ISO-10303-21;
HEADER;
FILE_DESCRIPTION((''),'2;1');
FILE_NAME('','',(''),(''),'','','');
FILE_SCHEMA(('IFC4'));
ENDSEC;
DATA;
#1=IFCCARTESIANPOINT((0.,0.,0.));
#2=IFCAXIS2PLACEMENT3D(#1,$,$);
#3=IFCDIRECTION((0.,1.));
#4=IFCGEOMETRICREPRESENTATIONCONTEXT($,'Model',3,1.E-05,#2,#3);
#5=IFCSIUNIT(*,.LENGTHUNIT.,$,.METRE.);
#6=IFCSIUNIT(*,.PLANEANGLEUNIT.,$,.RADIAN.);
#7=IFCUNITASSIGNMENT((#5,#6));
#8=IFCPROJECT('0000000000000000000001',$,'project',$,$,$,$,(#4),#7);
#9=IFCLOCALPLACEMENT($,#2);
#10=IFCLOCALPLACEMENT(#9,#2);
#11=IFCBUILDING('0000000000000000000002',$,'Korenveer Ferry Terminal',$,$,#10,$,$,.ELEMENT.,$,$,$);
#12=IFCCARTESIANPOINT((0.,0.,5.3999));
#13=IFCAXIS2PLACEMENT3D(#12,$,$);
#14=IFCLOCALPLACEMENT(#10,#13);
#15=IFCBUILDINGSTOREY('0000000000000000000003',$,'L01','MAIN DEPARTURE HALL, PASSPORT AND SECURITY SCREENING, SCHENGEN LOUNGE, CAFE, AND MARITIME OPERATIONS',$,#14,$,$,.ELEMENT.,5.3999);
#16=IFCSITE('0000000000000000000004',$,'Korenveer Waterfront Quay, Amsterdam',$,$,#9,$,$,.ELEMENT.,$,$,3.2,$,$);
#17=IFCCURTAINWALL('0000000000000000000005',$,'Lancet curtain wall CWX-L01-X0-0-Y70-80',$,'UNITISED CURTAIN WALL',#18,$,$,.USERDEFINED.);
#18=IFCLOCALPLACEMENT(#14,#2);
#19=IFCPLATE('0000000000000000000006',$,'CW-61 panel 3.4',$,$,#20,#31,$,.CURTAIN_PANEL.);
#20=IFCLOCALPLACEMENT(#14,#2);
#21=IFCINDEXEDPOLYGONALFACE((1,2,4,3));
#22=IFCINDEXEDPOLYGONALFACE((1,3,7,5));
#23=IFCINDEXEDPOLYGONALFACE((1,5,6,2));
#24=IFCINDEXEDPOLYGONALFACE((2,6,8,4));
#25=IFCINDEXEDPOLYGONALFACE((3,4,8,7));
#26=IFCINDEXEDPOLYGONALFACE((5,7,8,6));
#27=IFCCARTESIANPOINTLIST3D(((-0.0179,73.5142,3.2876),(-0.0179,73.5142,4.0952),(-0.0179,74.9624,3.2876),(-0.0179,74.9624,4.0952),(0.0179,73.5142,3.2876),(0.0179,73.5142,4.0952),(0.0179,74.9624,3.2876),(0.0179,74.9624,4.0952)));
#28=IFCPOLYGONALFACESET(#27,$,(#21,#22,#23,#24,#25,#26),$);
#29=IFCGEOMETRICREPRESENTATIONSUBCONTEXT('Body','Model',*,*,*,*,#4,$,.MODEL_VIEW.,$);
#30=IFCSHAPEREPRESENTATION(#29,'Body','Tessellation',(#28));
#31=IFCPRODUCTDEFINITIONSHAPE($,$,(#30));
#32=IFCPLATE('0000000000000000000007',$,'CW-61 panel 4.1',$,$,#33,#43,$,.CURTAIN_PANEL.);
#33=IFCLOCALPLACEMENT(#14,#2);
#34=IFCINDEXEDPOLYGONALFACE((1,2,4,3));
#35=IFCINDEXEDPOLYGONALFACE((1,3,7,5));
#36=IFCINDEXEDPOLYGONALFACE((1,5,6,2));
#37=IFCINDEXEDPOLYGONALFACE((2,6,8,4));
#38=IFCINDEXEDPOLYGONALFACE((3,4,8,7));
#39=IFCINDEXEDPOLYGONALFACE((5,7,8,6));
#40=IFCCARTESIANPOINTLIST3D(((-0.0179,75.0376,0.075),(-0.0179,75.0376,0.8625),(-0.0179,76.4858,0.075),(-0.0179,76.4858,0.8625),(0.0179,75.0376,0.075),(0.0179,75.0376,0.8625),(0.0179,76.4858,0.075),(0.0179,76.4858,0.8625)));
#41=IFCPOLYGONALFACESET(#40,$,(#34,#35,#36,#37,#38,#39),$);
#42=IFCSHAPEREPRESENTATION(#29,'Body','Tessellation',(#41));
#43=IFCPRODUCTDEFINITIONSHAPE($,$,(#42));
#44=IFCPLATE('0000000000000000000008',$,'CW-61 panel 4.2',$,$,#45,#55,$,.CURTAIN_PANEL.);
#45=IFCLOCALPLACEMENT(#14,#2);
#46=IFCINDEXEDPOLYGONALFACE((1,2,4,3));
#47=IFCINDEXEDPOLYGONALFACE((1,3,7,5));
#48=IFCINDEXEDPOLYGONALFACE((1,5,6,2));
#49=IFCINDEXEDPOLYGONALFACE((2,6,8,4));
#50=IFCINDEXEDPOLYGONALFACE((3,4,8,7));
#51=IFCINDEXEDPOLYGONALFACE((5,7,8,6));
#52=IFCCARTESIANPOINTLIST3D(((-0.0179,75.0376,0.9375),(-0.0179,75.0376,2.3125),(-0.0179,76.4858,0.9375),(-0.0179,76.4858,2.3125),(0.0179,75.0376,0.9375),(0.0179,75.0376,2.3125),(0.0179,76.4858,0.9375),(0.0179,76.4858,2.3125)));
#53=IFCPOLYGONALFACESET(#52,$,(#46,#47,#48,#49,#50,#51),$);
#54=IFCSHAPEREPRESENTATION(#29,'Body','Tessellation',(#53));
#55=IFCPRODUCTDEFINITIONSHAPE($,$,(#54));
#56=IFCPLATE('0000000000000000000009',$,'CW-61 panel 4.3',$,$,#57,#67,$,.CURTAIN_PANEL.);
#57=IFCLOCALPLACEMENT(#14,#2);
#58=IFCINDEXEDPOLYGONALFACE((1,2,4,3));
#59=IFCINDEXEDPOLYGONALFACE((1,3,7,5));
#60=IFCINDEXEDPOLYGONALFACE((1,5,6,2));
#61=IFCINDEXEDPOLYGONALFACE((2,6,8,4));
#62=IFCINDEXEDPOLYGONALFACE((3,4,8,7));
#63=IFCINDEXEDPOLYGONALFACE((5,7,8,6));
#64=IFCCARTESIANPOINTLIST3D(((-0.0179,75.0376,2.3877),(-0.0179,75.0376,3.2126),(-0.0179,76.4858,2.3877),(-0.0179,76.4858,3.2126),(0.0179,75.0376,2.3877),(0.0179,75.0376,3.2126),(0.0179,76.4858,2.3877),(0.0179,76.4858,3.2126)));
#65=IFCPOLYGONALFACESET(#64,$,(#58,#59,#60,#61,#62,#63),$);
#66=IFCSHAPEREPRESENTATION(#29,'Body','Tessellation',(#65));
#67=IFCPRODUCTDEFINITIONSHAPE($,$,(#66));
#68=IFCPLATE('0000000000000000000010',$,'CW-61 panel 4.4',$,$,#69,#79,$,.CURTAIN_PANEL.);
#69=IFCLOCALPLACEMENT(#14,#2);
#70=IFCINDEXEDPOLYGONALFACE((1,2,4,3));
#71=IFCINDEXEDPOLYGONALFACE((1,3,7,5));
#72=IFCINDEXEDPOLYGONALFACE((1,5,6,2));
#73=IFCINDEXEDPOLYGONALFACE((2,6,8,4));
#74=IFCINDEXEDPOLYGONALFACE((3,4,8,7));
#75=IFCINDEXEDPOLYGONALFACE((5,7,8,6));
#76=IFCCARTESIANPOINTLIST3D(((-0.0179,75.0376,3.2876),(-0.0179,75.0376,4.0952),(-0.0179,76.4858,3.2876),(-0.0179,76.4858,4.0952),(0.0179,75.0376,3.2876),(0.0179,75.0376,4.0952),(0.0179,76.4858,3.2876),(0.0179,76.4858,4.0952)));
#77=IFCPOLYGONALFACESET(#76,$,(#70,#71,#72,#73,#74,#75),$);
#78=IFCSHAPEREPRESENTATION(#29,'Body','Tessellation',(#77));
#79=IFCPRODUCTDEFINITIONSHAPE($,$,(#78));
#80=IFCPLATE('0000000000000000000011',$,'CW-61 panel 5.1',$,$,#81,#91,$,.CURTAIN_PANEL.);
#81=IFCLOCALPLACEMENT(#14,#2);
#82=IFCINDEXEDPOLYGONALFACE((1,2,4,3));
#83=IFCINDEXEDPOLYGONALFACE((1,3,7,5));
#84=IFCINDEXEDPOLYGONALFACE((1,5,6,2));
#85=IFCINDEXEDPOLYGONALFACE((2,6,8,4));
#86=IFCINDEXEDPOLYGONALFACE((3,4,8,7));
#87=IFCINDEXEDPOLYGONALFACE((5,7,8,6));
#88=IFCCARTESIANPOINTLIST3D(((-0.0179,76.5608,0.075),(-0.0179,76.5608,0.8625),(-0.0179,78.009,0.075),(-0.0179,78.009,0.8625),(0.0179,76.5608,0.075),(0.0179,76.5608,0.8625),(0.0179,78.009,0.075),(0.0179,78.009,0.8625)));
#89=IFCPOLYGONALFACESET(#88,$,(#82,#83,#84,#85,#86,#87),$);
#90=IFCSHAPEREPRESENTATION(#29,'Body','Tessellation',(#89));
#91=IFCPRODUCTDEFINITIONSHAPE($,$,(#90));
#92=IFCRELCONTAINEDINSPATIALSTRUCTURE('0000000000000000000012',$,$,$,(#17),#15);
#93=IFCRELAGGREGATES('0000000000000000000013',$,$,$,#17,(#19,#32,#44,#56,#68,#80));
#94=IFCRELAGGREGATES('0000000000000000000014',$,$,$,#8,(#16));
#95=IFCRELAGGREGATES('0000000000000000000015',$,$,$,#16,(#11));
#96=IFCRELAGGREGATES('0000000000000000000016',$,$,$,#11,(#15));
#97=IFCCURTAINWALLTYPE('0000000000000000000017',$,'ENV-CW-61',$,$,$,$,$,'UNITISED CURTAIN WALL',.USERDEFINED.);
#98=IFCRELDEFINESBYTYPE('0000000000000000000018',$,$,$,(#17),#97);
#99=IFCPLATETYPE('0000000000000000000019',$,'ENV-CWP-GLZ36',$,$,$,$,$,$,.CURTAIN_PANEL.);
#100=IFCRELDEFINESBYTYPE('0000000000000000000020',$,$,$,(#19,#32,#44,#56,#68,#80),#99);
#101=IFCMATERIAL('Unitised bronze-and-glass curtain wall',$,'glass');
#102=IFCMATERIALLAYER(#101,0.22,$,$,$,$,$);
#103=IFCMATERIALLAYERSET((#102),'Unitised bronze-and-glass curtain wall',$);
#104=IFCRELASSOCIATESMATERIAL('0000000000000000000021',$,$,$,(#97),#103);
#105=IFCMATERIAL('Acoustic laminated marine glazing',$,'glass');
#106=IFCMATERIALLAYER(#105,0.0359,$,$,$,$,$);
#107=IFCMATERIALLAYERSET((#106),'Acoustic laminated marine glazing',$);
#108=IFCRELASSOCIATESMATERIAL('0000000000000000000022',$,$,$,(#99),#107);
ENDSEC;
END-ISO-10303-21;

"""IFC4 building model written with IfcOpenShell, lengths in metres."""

from ifc_helpers import new_model, si_unit, direction, frame, origin, origin_2d, place, context, subcontext, project, spatial, rectangle, extrude, material, layer, layer_set, type_object, element, aggregate, save


model = new_model("IFC4")

# Units and contexts
model_context = context("Model", 3, precision=1e-05, world=origin(), true_north=direction((0.0, 1.0)))
body_context = subcontext(model_context, "Body", "Model", "MODEL_VIEW")
ifc_project = project(units=[si_unit("LENGTHUNIT", "METRE"), si_unit("PLANEANGLEUNIT", "RADIAN")], contexts=[model_context])

# Site, building, storey
site_placement = place(None, origin())
site = spatial("IfcSite", under=ifc_project, at=site_placement, Name="Korenveer Waterfront Quay, Amsterdam", CompositionType="ELEMENT", RefElevation=3.2)
building_placement = place(site_placement, origin())
building = spatial("IfcBuilding", under=site, at=building_placement, Name="Korenveer Ferry Terminal", CompositionType="ELEMENT")
storey_placement = place(building_placement, frame((0.0, 0.0, 5.3999)))
storey = spatial("IfcBuildingStorey", under=building, at=storey_placement, Name="L01", Description="MAIN DEPARTURE HALL, PASSPORT AND SECURITY SCREENING, SCHENGEN LOUNGE, CAFE, AND MARITIME OPERATIONS", CompositionType="ELEMENT", Elevation=5.3999)

# Curtain wall, plates
ifc_material_1 = material(Name="Unitised bronze-and-glass curtain wall", Category="glass")
ifc_layer_1 = layer(ifc_material_1, 0.22)
ifc_layer_set_1 = layer_set([ifc_layer_1], Name="Unitised bronze-and-glass curtain wall")
curtain_wall_type = type_object("IfcCurtainWallType", Name="ENV-CW-61", ElementType="UNITISED CURTAIN WALL", PredefinedType="USERDEFINED", material=ifc_layer_set_1)
curtain_wall_placement = place(storey_placement, frame((0.0, 70.4299, 0.0)))
curtain_wall = element("IfcCurtainWall", 1, at=curtain_wall_placement, inside=storey, type_object=curtain_wall_type, Name="Lancet curtain wall CWX-L01-X0-0-Y70-80", ObjectType="UNITISED CURTAIN WALL", PredefinedType="USERDEFINED")
ifc_material_2 = material(Name="Acoustic laminated marine glazing", Category="glass")
ifc_layer_2 = layer(ifc_material_2, 0.0359)
ifc_layer_set_2 = layer_set([ifc_layer_2], Name="Acoustic laminated marine glazing")
plate_type = type_object("IfcPlateType", Name="ENV-CWP-GLZ36", PredefinedType="CURTAIN_PANEL", material=ifc_layer_set_2)
plate_1_placement = place(storey_placement, frame((0.0, 74.2383, 3.2876), z_axis=(0.0, 0.0, 1.0), x_axis=(0.0, 1.0, 0.0)))
plate_1 = element("IfcPlate", 2, at=plate_1_placement, type_object=plate_type, Name="CW-61 panel 3.4", PredefinedType="CURTAIN_PANEL", context=body_context, shape_type="SweptSolid", body=[
    extrude(rectangle(XDim=1.4482, YDim=0.0359, at=origin_2d()), origin(), (0.0, 0.0, 1.0), 0.8076),
])
plate_2_placement = place(storey_placement, frame((0.0, 75.7617, 0.075), z_axis=(0.0, 0.0, 1.0), x_axis=(0.0, 1.0, 0.0)))
plate_2 = element("IfcPlate", 3, at=plate_2_placement, type_object=plate_type, Name="CW-61 panel 4.1", PredefinedType="CURTAIN_PANEL", context=body_context, shape_type="SweptSolid", body=[
    extrude(rectangle(XDim=1.4482, YDim=0.0359, at=origin_2d()), origin(), (0.0, 0.0, 1.0), 0.7876),
])
plate_3_placement = place(storey_placement, frame((0.0, 75.7617, 0.9375), z_axis=(0.0, 0.0, 1.0), x_axis=(0.0, 1.0, 0.0)))
plate_3 = element("IfcPlate", 4, at=plate_3_placement, type_object=plate_type, Name="CW-61 panel 4.2", PredefinedType="CURTAIN_PANEL", context=body_context, shape_type="SweptSolid", body=[
    extrude(rectangle(XDim=1.4482, YDim=0.0359, at=origin_2d()), origin(), (0.0, 0.0, 1.0), 1.375),
])
plate_4_placement = place(storey_placement, frame((0.0, 75.7617, 2.3877), z_axis=(0.0, 0.0, 1.0), x_axis=(0.0, 1.0, 0.0)))
plate_4 = element("IfcPlate", 5, at=plate_4_placement, type_object=plate_type, Name="CW-61 panel 4.3", PredefinedType="CURTAIN_PANEL", context=body_context, shape_type="SweptSolid", body=[
    extrude(rectangle(XDim=1.4482, YDim=0.0359, at=origin_2d()), origin(), (0.0, 0.0, 1.0), 0.825),
])
plate_5_placement = place(storey_placement, frame((0.0, 75.7617, 3.2876), z_axis=(0.0, 0.0, 1.0), x_axis=(0.0, 1.0, 0.0)))
plate_5 = element("IfcPlate", 6, at=plate_5_placement, type_object=plate_type, Name="CW-61 panel 4.4", PredefinedType="CURTAIN_PANEL", context=body_context, shape_type="SweptSolid", body=[
    extrude(rectangle(XDim=1.4482, YDim=0.0359, at=origin_2d()), origin(), (0.0, 0.0, 1.0), 0.8076),
])
plate_6_placement = place(storey_placement, frame((0.0, 77.2849, 0.075), z_axis=(0.0, 0.0, 1.0), x_axis=(0.0, 1.0, 0.0)))
plate_6 = element("IfcPlate", 7, at=plate_6_placement, type_object=plate_type, Name="CW-61 panel 5.1", PredefinedType="CURTAIN_PANEL", context=body_context, shape_type="SweptSolid", body=[
    extrude(rectangle(XDim=1.4482, YDim=0.0359, at=origin_2d()), origin(), (0.0, 0.0, 1.0), 0.7876),
])
aggregate(curtain_wall, [plate_1, plate_2, plate_3, plate_4, plate_5, plate_6])

save(model, "model.ifc")
